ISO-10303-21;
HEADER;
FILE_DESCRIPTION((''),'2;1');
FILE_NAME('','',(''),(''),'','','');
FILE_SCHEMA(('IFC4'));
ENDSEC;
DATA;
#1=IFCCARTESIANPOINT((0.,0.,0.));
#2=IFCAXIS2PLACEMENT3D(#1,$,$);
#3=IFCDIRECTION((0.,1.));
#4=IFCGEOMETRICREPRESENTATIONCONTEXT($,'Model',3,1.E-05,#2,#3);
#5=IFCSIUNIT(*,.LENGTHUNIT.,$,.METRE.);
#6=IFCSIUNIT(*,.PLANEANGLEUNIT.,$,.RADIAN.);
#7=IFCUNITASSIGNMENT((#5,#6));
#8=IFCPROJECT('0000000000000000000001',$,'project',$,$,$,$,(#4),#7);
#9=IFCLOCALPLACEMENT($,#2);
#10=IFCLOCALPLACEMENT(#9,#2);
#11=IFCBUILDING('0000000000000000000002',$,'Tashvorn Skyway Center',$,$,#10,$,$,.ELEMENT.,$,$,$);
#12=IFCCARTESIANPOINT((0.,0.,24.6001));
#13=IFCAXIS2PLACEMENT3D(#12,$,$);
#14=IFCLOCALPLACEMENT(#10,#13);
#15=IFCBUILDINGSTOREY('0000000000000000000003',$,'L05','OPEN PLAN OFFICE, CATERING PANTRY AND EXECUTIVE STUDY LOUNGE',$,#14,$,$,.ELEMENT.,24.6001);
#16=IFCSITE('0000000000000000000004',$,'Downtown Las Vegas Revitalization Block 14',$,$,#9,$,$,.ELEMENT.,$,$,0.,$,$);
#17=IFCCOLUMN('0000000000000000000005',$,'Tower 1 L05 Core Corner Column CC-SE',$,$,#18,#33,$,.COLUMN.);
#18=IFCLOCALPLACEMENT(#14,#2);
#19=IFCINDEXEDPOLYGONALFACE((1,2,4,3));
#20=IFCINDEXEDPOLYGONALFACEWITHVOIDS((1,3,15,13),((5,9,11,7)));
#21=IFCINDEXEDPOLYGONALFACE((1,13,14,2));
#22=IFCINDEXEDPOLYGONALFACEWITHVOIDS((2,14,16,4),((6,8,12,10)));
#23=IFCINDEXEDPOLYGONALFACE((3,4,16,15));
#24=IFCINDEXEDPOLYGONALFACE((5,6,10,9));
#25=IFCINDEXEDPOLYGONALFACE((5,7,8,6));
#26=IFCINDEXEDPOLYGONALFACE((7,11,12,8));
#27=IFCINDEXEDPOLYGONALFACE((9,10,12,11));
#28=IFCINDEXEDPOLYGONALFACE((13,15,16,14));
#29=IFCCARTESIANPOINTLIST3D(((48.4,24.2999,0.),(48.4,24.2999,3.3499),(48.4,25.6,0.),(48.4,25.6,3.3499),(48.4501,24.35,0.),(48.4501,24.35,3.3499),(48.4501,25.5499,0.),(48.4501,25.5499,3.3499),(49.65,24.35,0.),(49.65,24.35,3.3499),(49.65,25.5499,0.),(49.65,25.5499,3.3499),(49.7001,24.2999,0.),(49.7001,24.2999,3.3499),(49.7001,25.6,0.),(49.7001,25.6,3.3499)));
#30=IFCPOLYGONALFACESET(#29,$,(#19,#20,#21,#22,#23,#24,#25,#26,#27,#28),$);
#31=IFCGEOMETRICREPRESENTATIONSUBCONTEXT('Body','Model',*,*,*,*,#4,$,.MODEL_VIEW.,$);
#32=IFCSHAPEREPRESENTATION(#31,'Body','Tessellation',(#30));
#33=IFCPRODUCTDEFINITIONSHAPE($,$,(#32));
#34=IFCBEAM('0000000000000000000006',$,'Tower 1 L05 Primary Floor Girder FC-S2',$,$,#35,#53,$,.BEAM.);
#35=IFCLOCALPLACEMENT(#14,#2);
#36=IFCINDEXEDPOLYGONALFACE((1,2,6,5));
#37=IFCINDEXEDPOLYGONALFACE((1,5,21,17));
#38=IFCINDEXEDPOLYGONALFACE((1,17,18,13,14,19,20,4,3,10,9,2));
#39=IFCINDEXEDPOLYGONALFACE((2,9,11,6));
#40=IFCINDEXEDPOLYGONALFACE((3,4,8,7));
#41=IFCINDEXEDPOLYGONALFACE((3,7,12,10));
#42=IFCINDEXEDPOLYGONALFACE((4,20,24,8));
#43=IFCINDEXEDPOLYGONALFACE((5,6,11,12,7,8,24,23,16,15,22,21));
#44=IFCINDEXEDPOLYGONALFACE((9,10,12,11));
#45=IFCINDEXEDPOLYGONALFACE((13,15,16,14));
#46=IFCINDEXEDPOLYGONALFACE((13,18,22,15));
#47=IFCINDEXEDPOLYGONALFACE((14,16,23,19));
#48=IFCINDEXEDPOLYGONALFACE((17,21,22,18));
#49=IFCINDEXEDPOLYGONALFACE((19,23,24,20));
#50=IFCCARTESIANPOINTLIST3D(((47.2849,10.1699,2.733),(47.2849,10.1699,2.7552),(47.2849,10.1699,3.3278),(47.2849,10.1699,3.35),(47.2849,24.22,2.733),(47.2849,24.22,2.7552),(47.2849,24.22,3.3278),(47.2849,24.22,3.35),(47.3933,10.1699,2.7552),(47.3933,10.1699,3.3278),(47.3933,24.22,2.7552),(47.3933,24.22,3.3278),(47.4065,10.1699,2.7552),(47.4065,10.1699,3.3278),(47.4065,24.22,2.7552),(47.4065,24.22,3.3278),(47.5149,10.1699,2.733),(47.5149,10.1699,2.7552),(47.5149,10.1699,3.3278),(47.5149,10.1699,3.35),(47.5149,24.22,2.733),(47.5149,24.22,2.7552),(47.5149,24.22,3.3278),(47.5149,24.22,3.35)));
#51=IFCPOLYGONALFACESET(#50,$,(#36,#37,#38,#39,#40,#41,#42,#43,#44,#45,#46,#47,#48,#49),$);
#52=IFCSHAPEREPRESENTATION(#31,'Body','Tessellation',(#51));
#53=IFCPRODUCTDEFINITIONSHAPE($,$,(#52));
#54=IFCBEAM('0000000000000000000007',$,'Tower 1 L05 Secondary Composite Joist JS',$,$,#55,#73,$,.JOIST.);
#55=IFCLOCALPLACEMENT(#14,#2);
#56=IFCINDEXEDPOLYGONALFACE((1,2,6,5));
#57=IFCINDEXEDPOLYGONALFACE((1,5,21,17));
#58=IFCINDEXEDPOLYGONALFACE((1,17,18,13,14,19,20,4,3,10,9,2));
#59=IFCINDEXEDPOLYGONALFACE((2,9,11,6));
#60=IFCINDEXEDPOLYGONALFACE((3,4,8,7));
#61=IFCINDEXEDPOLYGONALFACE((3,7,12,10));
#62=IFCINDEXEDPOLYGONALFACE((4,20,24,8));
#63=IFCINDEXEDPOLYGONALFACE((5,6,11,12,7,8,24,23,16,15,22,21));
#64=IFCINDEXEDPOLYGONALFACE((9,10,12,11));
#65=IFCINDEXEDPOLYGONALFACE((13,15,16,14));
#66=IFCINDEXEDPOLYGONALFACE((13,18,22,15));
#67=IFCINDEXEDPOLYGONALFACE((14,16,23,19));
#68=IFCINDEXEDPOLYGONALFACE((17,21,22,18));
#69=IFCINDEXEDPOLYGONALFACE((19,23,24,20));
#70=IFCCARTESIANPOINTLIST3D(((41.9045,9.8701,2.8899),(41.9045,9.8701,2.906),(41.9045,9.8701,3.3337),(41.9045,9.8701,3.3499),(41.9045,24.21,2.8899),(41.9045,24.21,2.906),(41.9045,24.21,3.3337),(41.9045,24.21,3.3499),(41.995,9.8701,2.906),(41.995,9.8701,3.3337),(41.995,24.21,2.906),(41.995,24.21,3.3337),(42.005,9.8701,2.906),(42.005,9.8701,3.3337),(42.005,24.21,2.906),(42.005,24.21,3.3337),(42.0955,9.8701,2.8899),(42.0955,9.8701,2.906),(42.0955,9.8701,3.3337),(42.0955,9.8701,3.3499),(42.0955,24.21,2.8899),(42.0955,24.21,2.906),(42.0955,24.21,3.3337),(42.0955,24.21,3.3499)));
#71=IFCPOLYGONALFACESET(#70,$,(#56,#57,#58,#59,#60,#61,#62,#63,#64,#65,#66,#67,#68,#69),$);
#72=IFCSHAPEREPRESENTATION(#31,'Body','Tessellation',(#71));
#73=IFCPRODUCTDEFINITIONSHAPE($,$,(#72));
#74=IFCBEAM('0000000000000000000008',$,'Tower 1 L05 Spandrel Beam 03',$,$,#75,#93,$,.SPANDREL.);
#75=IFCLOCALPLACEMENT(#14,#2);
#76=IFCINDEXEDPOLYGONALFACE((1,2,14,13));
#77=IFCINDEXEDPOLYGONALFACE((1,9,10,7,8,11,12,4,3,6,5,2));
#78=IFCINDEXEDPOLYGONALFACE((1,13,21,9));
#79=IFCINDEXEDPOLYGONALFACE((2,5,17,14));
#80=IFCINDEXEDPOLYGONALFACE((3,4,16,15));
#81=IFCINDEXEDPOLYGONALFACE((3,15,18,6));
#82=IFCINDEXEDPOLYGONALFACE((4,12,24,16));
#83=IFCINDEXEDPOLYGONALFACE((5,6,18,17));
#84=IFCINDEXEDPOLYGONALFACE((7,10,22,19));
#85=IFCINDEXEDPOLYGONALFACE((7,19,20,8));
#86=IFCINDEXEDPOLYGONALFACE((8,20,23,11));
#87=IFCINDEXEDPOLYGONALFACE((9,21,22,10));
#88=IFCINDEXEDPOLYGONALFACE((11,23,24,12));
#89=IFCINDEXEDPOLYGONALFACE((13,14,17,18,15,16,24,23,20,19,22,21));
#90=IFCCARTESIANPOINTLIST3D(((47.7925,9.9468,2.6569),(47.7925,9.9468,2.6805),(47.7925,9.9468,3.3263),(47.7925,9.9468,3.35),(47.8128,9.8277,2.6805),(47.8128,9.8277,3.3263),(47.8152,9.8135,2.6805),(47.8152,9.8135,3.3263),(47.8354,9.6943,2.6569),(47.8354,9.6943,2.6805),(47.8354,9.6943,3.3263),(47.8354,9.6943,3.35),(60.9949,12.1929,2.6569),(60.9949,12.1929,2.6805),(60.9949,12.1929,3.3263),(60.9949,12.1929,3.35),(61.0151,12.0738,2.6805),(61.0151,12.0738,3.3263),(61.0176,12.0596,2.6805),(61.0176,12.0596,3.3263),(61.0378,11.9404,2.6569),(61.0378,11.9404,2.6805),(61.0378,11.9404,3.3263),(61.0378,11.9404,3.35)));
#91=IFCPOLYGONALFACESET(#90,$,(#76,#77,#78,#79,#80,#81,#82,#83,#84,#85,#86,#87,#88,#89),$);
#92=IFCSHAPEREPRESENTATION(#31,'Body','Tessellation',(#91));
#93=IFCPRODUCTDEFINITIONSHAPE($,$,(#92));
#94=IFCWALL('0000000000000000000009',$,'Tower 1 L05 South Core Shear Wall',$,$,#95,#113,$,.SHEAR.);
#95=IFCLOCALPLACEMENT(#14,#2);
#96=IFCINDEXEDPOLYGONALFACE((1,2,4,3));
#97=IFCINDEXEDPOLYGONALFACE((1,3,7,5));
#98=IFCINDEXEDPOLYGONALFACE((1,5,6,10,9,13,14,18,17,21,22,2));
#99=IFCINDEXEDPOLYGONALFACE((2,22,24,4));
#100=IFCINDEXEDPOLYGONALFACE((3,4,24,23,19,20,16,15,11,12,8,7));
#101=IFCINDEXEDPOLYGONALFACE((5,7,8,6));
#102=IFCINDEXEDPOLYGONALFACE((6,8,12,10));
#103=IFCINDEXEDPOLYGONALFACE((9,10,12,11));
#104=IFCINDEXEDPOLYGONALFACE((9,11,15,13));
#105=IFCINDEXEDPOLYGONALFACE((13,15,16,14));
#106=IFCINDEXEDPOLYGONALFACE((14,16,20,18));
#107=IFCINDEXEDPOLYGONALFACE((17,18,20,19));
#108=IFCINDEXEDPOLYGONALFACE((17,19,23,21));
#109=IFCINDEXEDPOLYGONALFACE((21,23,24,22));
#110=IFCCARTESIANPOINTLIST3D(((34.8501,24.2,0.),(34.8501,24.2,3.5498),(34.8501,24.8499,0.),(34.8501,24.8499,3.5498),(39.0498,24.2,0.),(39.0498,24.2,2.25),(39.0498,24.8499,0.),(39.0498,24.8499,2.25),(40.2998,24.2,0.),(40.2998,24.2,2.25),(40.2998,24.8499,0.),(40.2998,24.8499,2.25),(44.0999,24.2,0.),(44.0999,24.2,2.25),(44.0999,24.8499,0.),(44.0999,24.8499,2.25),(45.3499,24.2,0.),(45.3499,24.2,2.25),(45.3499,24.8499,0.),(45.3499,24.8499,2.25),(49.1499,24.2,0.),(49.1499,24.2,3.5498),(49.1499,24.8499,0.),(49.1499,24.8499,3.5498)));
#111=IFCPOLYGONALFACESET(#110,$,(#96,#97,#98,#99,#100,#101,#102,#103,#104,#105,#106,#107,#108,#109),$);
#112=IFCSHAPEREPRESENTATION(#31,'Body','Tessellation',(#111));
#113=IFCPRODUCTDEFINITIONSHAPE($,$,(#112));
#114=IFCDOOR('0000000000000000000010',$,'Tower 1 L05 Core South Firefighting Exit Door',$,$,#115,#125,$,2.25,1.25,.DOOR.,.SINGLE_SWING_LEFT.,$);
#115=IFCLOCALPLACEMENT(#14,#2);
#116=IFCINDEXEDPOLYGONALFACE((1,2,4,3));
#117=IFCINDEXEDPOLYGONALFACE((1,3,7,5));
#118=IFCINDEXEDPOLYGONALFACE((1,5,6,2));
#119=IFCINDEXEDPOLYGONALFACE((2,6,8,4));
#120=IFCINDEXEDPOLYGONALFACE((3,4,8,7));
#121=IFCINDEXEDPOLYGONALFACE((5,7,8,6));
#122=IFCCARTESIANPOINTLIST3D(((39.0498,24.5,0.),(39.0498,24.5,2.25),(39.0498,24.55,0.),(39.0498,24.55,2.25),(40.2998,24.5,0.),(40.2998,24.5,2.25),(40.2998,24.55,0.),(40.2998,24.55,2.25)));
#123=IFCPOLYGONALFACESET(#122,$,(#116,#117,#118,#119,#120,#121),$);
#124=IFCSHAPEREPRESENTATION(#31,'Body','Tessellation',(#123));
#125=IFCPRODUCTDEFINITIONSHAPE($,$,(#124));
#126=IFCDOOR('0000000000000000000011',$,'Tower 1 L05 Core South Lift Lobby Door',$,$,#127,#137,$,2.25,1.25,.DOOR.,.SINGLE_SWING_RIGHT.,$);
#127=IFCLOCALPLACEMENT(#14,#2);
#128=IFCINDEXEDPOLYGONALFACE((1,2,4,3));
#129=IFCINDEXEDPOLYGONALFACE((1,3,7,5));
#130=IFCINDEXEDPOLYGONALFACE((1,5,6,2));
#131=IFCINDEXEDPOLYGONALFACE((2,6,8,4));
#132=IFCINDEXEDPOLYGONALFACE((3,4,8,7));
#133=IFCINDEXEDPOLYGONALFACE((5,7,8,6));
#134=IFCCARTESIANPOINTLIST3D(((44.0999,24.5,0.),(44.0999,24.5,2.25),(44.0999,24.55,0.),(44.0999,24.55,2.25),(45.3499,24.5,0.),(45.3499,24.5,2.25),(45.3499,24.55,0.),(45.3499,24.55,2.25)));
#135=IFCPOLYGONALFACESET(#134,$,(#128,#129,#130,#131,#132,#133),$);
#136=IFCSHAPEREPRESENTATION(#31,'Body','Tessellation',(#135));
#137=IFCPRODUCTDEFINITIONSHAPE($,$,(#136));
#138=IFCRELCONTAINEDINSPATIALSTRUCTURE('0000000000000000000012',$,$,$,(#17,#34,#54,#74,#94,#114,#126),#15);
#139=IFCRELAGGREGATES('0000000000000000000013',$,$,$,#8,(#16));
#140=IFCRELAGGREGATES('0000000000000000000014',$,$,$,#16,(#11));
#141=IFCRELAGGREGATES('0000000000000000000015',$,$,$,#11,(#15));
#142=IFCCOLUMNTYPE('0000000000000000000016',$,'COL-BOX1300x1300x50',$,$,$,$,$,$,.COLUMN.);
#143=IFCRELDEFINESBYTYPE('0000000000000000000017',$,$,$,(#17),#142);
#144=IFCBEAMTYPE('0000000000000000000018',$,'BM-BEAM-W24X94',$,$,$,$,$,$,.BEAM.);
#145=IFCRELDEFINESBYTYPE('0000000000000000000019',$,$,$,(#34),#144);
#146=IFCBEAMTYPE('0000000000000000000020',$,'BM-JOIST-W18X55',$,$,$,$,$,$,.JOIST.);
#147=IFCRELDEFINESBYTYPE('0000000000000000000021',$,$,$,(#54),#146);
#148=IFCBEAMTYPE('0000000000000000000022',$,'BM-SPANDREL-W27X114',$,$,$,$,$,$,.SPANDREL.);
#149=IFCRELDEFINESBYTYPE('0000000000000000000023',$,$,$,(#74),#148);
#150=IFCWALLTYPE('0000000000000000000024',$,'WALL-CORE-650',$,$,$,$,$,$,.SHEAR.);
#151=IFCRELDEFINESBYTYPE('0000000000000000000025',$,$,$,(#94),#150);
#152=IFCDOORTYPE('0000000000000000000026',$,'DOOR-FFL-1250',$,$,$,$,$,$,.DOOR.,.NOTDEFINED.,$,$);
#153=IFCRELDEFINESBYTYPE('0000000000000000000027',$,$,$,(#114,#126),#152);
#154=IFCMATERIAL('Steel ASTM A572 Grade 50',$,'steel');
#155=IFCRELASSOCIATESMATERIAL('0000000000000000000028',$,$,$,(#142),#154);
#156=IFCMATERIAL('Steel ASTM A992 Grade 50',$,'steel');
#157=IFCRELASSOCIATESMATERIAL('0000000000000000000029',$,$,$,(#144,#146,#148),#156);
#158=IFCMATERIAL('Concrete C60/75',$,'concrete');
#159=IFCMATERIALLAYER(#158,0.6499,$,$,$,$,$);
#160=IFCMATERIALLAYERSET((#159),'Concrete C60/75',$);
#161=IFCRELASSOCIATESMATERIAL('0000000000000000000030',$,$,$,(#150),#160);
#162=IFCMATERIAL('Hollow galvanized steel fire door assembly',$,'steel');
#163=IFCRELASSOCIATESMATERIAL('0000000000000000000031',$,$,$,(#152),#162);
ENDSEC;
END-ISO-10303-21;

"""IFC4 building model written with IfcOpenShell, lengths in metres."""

from ifc_helpers import new_model, si_unit, direction, frame, frame_2d, origin, origin_2d, place, context, subcontext, project, spatial, rectangle, hollow_rectangle, i_section, extrude, material, layer, layer_set, material_profile, profile_set, type_object, element, fill, save


model = new_model("IFC4")

# Units and contexts
model_context = context("Model", 3, precision=1e-05, world=origin(), true_north=direction((0.0, 1.0)))
body_context = subcontext(model_context, "Body", "Model", "MODEL_VIEW")
ifc_project = project(units=[si_unit("LENGTHUNIT", "METRE"), si_unit("PLANEANGLEUNIT", "RADIAN")], contexts=[model_context])

# Site, building, storey
site_placement = place(None, origin())
site = spatial("IfcSite", under=ifc_project, at=site_placement, Name="Downtown Las Vegas Revitalization Block 14", CompositionType="ELEMENT", RefElevation=0.0)
building_placement = place(site_placement, origin())
building = spatial("IfcBuilding", under=site, at=building_placement, Name="Tashvorn Skyway Center", CompositionType="ELEMENT")
storey_placement = place(building_placement, frame((0.0, 0.0, 24.6001)))
storey = spatial("IfcBuildingStorey", under=building, at=storey_placement, Name="L05", Description="OPEN PLAN OFFICE, CATERING PANTRY AND EXECUTIVE STUDY LOUNGE", CompositionType="ELEMENT", Elevation=24.6001)

# Column
ifc_material_1 = material(Name="Steel ASTM A572 Grade 50", Category="steel")
ifc_material_profile_1 = material_profile(ifc_material_1, hollow_rectangle(XDim=1.3, YDim=1.3, WallThickness=0.05, at=origin_2d()), Name="BOX1300x1300x50")
ifc_profile_set_1 = profile_set([ifc_material_profile_1], Name="Steel ASTM A572 Grade 50")
column_type = type_object("IfcColumnType", Name="COL-BOX1300x1300x50", PredefinedType="COLUMN", material=ifc_profile_set_1)
column_placement = place(storey_placement, frame((49.05, 24.95, 0.0), z_axis=(0.0, 0.0, 1.0), x_axis=(1.0, 0.0, 0.0)))
element("IfcColumn", 1, at=column_placement, inside=storey, type_object=column_type, Name="Tower 1 L05 Core Corner Column CC-SE", PredefinedType="COLUMN", context=body_context, shape_type="SweptSolid", body=[
    extrude(hollow_rectangle(XDim=1.3, YDim=1.3, WallThickness=0.05, at=origin_2d()), origin(), (0.0, 0.0, 1.0), 3.3499),
])

# Beams
ifc_material_2 = material(Name="Steel ASTM A992 Grade 50", Category="steel")
ifc_material_profile_2 = material_profile(ifc_material_2, i_section(OverallWidth=0.23, OverallDepth=0.6169, WebThickness=0.0132, FlangeThickness=0.0222, at=origin_2d()), Name="W24X94")
ifc_profile_set_2 = profile_set([ifc_material_profile_2], Name="Steel ASTM A992 Grade 50")
beam_type_1 = type_object("IfcBeamType", Name="BM-BEAM-W24X94", PredefinedType="BEAM", material=ifc_profile_set_2)
beam_1_placement = place(storey_placement, frame((47.3999, 10.1699, 3.0415), z_axis=(0.0, 1.0, 0.0), x_axis=(-1.0, 0.0, 0.0)))
element("IfcBeam", 2, at=beam_1_placement, inside=storey, type_object=beam_type_1, Name="Tower 1 L05 Primary Floor Girder FC-S2", PredefinedType="BEAM", context=body_context, shape_type="SweptSolid", body=[
    extrude(i_section(OverallWidth=0.23, OverallDepth=0.6169, WebThickness=0.0132, FlangeThickness=0.0222, at=origin_2d()), origin(), (0.0, 0.0, 1.0), 14.05),
])
ifc_material_profile_3 = material_profile(ifc_material_2, i_section(OverallWidth=0.1909, OverallDepth=0.46, WebThickness=0.01, FlangeThickness=0.0161, at=origin_2d()), Name="W18X55")
ifc_profile_set_3 = profile_set([ifc_material_profile_3], Name="Steel ASTM A992 Grade 50")
beam_type_2 = type_object("IfcBeamType", Name="BM-JOIST-W18X55", PredefinedType="JOIST", material=ifc_profile_set_3)
beam_2_placement = place(storey_placement, frame((42.0, 24.21, 3.1199), z_axis=(0.0, -1.0, 0.0), x_axis=(1.0, 0.0, 0.0)))
element("IfcBeam", 3, at=beam_2_placement, inside=storey, type_object=beam_type_2, Name="Tower 1 L05 Secondary Composite Joist JS", PredefinedType="JOIST", context=body_context, shape_type="SweptSolid", body=[
    extrude(i_section(OverallWidth=0.1909, OverallDepth=0.46, WebThickness=0.01, FlangeThickness=0.0161, at=origin_2d()), origin(), (0.0, 0.0, 1.0), 14.3398),
])
ifc_material_profile_4 = material_profile(ifc_material_2, i_section(OverallWidth=0.2561, OverallDepth=0.6931, WebThickness=0.0144, FlangeThickness=0.0237, at=origin_2d()), Name="W27X114")
ifc_profile_set_4 = profile_set([ifc_material_profile_4], Name="Steel ASTM A992 Grade 50")
beam_type_3 = type_object("IfcBeamType", Name="BM-SPANDREL-W27X114", PredefinedType="SPANDREL", material=ifc_profile_set_4)
beam_3_placement = place(storey_placement, frame((47.814, 9.8206, 3.0034), z_axis=(0.985835, 0.167718, 0.0), x_axis=(-0.167718, 0.985835, 0.0)))
element("IfcBeam", 4, at=beam_3_placement, inside=storey, type_object=beam_type_3, Name="Tower 1 L05 Spandrel Beam 03", PredefinedType="SPANDREL", context=body_context, shape_type="SweptSolid", body=[
    extrude(i_section(OverallWidth=0.2561, OverallDepth=0.6931, WebThickness=0.0144, FlangeThickness=0.0237, at=origin_2d()), origin(), (0.0, 0.0, 1.0), 13.3921),
])

# Wall, openings, doors
ifc_material_3 = material(Name="Concrete C60/75", Category="concrete")
ifc_layer_1 = layer(ifc_material_3, 0.6499)
ifc_layer_set_1 = layer_set([ifc_layer_1], Name="Concrete C60/75")
wall_type_1 = type_object("IfcWallType", Name="WALL-CORE-650", PredefinedType="SHEAR", material=ifc_layer_set_1)
wall_1_placement = place(storey_placement, frame((49.1499, 24.5249, 0.0), z_axis=(0.0, 0.0, 1.0), x_axis=(-1.0, 0.0, 0.0)))
wall_1 = element("IfcWall", 5, at=wall_1_placement, inside=storey, type_object=wall_type_1, Name="Tower 1 L05 South Core Shear Wall", PredefinedType="SHEAR", context=body_context, shape_type="SweptSolid", body=[
    extrude(rectangle(XDim=14.2998, YDim=0.6499, at=frame_2d((7.1499, 0.0))), origin(), (0.0, 0.0, 1.0), 3.5498),
])
opening_1_placement = place(wall_1_placement, frame((8.8501, 0.0, 0.0)))
opening_1 = element("IfcOpeningElement", 6, at=opening_1_placement, cuts=wall_1, PredefinedType="OPENING", context=body_context, shape_type="SweptSolid", body=[
    extrude(rectangle(XDim=1.25, YDim=2.25, at=frame_2d((0.625, 1.125))), frame((0.0, 0.335, 0.0), z_axis=(0.0, -1.0, 0.0), x_axis=(1.0, 0.0, 0.0)), (0.0, 0.0, 1.0), 0.6699),
])
opening_2_placement = place(wall_1_placement, frame((3.8, 0.0, 0.0)))
opening_2 = element("IfcOpeningElement", 7, at=opening_2_placement, cuts=wall_1, PredefinedType="OPENING", context=body_context, shape_type="SweptSolid", body=[
    extrude(rectangle(XDim=1.25, YDim=2.25, at=frame_2d((0.625, 1.125))), frame((0.0, 0.335, 0.0), z_axis=(0.0, -1.0, 0.0), x_axis=(1.0, 0.0, 0.0)), (0.0, 0.0, 1.0), 0.6699),
])
ifc_material_4 = material(Name="Hollow galvanized steel fire door assembly", Category="steel")
door_type_1 = type_object("IfcDoorType", Name="DOOR-FFL-1250", OperationType="NOTDEFINED", PredefinedType="DOOR", material=ifc_material_4)
door_1_placement = place(opening_1_placement, origin())
door_1 = element("IfcDoor", 8, at=door_1_placement, inside=storey, type_object=door_type_1, Name="Tower 1 L05 Core South Firefighting Exit Door", OperationType="SINGLE_SWING_LEFT", OverallHeight=2.25, OverallWidth=1.25, PredefinedType="DOOR", context=body_context, shape_type="SweptSolid", body=[
    extrude(rectangle(XDim=1.25, YDim=2.25, at=frame_2d((0.625, 1.125))), frame((0.0, 0.0249, 0.0), z_axis=(0.0, -1.0, 0.0), x_axis=(1.0, 0.0, 0.0)), (0.0, 0.0, 1.0), 0.05),
])
fill(opening_1, door_1)
door_2_placement = place(opening_2_placement, origin())
door_2 = element("IfcDoor", 9, at=door_2_placement, inside=storey, type_object=door_type_1, Name="Tower 1 L05 Core South Lift Lobby Door", OperationType="SINGLE_SWING_RIGHT", OverallHeight=2.25, OverallWidth=1.25, PredefinedType="DOOR", context=body_context, shape_type="SweptSolid", body=[
    extrude(rectangle(XDim=1.25, YDim=2.25, at=frame_2d((0.625, 1.125))), frame((0.0, 0.0249, 0.0), z_axis=(0.0, -1.0, 0.0), x_axis=(1.0, 0.0, 0.0)), (0.0, 0.0, 1.0), 0.05),
])
fill(opening_2, door_2)

save(model, "model.ifc")
